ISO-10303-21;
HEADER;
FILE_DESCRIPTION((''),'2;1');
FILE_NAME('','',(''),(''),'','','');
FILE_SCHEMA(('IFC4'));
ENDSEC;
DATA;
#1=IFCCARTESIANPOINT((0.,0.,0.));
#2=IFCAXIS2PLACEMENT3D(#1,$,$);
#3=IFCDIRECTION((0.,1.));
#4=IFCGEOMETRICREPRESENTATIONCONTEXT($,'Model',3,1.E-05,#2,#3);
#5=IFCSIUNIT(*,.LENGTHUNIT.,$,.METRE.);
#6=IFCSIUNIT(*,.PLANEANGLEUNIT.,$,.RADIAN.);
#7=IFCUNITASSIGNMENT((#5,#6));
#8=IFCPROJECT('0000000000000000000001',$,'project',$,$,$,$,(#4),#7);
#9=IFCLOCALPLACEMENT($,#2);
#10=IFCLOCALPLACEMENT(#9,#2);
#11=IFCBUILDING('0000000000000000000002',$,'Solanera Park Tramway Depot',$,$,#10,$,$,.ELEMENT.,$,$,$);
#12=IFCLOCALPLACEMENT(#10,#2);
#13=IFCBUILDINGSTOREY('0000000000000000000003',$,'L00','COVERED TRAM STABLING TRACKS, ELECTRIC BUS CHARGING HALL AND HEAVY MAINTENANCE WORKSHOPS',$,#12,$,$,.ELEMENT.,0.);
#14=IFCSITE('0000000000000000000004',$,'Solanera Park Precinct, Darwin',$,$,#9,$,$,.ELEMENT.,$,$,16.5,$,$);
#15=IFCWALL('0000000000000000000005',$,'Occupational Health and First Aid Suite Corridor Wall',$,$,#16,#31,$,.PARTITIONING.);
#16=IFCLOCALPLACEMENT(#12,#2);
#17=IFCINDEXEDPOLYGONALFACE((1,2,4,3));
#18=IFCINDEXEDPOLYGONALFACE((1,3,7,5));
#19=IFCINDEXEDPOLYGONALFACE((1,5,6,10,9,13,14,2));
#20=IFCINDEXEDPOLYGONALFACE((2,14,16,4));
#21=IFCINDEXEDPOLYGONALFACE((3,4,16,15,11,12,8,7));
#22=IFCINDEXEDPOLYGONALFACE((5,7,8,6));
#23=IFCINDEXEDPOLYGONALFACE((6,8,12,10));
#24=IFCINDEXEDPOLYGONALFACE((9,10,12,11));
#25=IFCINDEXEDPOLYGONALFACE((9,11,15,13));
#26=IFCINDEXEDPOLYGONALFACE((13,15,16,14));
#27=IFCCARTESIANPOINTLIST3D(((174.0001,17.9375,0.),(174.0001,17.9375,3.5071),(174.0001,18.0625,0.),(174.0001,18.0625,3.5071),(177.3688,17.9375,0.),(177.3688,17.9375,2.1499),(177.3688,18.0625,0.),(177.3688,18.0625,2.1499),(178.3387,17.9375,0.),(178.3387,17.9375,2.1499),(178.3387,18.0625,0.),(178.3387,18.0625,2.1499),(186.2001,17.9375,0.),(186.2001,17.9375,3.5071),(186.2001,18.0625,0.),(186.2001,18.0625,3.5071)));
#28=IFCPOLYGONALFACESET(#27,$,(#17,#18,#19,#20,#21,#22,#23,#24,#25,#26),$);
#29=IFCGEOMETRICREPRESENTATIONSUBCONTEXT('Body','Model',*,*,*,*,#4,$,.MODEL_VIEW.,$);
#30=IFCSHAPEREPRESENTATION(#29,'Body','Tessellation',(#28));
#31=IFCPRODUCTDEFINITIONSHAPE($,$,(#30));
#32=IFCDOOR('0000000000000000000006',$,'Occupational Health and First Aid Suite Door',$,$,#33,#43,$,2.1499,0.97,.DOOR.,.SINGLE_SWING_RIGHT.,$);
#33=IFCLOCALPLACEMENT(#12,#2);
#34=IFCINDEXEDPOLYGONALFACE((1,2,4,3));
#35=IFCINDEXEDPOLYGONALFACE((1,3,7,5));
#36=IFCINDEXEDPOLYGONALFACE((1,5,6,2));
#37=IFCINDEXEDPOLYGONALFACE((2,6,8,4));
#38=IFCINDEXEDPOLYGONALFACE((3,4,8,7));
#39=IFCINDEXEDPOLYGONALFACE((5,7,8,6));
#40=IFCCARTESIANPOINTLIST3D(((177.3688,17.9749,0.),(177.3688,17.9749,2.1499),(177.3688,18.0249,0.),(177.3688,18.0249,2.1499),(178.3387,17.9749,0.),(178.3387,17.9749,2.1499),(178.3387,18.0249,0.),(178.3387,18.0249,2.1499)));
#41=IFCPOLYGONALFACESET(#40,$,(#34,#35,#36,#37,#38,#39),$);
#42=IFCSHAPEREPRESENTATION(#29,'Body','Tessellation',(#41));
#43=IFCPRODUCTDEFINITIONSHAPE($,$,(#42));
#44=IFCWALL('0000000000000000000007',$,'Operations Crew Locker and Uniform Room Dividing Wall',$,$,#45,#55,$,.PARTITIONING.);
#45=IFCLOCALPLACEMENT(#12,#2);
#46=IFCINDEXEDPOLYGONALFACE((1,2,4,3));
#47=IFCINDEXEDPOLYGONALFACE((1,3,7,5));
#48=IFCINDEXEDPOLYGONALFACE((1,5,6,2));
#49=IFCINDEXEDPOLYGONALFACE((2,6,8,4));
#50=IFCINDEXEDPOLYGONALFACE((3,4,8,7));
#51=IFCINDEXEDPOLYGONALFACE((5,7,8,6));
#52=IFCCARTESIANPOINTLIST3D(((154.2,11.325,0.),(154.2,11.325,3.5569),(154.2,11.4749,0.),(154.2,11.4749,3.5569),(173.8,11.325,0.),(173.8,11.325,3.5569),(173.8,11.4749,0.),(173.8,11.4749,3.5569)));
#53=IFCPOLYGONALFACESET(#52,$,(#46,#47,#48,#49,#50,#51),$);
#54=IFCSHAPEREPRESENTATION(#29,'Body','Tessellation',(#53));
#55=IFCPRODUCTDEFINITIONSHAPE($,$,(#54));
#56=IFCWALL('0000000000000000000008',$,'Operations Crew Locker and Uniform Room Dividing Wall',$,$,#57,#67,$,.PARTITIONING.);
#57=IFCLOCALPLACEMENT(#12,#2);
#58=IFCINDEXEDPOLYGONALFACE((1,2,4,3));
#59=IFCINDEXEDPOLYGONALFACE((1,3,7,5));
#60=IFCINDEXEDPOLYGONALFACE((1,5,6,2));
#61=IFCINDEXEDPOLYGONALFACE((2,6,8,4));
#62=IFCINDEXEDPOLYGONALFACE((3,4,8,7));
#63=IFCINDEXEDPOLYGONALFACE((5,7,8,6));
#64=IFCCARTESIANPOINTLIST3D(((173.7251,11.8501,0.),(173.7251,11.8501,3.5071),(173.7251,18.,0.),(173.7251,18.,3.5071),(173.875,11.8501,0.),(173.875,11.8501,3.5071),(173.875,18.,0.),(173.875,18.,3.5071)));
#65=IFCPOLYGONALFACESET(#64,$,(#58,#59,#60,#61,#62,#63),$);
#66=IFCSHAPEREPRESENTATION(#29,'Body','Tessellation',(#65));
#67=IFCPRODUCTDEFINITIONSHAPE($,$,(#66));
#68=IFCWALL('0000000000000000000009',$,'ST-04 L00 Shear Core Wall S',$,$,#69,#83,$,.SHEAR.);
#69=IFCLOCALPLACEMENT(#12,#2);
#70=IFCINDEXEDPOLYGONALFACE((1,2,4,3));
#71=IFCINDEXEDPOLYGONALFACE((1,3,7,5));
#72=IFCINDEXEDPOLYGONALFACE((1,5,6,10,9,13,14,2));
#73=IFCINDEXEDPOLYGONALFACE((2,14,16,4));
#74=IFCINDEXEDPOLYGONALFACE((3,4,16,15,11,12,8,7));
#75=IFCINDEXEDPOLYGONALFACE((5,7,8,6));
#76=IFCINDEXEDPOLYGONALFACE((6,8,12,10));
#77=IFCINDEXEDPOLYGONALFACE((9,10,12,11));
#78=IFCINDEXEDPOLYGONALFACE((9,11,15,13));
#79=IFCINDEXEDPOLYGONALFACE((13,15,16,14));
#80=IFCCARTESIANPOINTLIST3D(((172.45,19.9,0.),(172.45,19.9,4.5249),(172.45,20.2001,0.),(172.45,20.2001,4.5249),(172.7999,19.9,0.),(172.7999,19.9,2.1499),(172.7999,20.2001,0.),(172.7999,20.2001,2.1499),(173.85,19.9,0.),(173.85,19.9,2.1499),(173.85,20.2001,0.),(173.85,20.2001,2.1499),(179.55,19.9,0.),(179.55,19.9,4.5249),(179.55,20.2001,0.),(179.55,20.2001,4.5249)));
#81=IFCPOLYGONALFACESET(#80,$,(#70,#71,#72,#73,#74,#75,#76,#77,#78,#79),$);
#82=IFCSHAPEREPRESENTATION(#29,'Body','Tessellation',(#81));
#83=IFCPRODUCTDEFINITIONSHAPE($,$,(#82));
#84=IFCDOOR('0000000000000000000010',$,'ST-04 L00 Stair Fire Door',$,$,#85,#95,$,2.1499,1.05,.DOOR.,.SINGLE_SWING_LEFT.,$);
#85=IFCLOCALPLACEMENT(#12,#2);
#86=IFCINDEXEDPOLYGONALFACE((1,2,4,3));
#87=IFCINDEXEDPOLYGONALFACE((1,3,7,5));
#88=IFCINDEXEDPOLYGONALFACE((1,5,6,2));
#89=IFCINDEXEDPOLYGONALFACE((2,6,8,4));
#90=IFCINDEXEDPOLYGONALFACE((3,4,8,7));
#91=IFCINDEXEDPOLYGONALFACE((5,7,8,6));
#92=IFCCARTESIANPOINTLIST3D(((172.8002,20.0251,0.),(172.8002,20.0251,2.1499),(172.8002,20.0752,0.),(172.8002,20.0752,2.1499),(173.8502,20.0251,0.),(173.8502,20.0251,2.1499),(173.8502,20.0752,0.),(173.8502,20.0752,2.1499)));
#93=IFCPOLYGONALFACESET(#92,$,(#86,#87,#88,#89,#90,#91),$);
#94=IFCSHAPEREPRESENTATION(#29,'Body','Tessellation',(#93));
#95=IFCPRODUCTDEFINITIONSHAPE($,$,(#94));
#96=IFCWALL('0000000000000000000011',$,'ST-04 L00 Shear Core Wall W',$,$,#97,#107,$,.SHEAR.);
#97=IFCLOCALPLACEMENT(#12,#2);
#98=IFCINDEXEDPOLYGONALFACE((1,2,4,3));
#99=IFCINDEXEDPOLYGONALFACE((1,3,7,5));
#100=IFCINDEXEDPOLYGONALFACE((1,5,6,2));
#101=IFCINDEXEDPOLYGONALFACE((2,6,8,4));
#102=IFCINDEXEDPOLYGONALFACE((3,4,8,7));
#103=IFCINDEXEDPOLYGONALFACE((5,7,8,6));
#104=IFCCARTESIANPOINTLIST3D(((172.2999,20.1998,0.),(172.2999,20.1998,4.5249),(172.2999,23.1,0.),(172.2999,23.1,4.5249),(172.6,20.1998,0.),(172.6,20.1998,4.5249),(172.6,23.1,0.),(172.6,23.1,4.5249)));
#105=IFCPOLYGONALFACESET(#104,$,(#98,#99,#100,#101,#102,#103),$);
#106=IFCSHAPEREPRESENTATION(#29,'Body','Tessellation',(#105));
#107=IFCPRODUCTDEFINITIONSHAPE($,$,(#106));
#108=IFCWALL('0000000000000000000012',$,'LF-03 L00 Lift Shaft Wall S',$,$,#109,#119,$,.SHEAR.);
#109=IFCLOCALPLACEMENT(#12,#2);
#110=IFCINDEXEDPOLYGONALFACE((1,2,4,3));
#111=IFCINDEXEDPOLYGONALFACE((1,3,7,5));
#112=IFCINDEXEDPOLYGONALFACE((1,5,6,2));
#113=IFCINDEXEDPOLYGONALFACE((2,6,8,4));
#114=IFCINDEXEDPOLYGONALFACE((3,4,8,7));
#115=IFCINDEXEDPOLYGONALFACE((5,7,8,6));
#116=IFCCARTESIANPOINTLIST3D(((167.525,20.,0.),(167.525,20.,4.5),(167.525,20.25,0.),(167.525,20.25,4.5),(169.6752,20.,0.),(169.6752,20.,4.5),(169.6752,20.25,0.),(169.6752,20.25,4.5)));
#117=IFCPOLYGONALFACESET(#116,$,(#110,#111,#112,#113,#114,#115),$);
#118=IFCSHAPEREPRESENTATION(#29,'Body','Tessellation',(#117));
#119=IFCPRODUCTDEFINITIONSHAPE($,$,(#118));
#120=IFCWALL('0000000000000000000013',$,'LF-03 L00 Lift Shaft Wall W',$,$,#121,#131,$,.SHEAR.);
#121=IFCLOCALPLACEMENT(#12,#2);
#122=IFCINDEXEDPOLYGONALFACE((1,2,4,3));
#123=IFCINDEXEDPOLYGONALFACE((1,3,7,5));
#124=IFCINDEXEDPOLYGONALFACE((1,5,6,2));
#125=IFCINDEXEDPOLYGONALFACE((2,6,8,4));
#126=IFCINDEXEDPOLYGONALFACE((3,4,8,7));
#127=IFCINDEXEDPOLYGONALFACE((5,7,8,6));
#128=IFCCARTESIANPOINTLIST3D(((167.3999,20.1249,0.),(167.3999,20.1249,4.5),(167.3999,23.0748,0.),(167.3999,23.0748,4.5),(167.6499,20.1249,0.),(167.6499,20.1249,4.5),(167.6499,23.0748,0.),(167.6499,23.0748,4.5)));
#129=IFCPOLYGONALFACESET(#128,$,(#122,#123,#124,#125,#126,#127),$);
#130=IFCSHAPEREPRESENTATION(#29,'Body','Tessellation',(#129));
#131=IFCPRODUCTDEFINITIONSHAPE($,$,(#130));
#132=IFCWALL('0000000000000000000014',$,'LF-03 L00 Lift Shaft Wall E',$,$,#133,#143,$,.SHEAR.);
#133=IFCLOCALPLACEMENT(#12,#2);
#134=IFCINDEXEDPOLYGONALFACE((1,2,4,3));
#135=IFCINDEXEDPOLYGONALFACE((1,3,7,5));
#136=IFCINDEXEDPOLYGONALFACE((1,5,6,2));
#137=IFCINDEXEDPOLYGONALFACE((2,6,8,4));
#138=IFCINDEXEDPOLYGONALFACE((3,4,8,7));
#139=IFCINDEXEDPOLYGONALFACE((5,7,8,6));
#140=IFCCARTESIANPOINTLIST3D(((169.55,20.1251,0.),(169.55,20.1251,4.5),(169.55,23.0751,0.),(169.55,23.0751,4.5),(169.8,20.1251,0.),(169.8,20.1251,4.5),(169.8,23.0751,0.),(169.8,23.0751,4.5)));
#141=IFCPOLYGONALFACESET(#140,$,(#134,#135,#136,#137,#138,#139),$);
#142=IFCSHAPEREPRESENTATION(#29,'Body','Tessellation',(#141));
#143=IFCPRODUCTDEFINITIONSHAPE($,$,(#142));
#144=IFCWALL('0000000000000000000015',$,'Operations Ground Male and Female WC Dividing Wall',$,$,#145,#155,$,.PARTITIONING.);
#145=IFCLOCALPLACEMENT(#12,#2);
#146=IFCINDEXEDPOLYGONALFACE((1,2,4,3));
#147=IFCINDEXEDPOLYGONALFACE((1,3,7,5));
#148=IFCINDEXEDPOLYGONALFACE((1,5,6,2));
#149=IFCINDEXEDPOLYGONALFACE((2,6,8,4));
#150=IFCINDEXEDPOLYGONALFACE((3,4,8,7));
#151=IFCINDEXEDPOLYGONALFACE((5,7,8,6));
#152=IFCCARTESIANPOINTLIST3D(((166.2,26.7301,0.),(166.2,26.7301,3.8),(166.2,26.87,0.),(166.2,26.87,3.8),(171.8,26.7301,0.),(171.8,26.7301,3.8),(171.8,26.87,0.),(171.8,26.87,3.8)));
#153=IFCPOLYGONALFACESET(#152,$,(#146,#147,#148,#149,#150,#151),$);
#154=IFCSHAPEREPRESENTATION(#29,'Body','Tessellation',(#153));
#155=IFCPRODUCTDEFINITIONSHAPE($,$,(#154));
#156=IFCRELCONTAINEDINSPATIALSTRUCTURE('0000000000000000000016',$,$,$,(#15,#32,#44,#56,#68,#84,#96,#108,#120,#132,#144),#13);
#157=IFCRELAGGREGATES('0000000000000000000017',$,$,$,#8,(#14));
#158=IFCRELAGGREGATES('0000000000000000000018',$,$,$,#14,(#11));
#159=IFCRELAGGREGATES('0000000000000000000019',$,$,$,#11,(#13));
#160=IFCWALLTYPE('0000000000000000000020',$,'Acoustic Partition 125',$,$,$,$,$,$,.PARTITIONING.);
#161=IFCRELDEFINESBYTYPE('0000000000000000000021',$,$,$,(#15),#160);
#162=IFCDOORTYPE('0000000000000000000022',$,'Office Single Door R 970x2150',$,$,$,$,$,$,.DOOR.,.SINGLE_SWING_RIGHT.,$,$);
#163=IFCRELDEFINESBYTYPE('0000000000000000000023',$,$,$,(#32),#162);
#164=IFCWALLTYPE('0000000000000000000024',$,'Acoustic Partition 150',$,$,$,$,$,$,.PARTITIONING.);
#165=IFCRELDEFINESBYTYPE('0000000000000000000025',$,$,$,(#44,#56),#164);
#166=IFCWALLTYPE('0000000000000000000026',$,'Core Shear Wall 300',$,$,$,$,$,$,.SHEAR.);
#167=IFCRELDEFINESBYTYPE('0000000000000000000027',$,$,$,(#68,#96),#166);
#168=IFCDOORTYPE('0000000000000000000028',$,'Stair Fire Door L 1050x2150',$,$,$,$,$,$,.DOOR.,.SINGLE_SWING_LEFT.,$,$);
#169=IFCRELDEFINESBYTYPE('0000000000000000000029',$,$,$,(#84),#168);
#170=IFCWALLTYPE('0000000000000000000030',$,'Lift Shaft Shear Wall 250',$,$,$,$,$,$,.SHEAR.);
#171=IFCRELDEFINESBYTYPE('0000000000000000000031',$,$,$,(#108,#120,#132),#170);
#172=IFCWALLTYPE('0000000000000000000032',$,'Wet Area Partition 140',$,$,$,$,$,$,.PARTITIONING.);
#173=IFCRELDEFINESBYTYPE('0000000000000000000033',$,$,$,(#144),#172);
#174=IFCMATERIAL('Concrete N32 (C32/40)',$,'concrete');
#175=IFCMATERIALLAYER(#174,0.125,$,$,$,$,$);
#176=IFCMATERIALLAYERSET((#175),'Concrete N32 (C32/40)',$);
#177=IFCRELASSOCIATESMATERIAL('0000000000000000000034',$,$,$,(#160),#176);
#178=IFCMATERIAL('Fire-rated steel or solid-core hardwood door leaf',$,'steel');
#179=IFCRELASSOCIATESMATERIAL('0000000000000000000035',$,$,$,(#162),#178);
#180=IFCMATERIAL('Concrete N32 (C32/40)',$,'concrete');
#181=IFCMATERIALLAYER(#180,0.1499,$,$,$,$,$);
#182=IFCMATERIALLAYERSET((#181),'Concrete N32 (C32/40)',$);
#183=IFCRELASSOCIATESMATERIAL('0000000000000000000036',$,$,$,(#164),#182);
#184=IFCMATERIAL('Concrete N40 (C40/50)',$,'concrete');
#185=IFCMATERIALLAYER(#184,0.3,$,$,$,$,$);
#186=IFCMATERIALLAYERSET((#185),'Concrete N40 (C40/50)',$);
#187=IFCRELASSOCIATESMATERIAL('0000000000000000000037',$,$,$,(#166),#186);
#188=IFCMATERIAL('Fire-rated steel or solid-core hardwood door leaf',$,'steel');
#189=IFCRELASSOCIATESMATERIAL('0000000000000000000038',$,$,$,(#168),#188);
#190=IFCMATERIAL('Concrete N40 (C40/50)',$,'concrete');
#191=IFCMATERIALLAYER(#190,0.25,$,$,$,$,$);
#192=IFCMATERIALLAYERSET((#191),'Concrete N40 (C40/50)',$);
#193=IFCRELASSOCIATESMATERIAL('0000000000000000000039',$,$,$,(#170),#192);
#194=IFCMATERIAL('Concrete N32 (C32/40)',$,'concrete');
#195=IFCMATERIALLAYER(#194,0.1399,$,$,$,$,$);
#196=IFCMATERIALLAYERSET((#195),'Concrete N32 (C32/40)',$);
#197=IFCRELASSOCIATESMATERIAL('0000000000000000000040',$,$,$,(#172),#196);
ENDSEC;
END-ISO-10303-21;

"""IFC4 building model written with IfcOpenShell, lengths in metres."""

from ifc_helpers import new_model, si_unit, direction, frame, frame_2d, origin, place, context, subcontext, project, spatial, rectangle, extrude, material, layer, layer_set, type_object, element, fill, save


model = new_model("IFC4")

# Units and contexts
model_context = context("Model", 3, precision=1e-05, world=origin(), true_north=direction((0.0, 1.0)))
body_context = subcontext(model_context, "Body", "Model", "MODEL_VIEW")
ifc_project = project(units=[si_unit("LENGTHUNIT", "METRE"), si_unit("PLANEANGLEUNIT", "RADIAN")], contexts=[model_context])

# Site, building, storey
site_placement = place(None, origin())
site = spatial("IfcSite", under=ifc_project, at=site_placement, Name="Solanera Park Precinct, Darwin", CompositionType="ELEMENT", RefElevation=16.5)
building_placement = place(site_placement, origin())
building = spatial("IfcBuilding", under=site, at=building_placement, Name="Solanera Park Tramway Depot", CompositionType="ELEMENT")
storey_placement = place(building_placement, origin())
storey = spatial("IfcBuildingStorey", under=building, at=storey_placement, Name="L00", Description="COVERED TRAM STABLING TRACKS, ELECTRIC BUS CHARGING HALL AND HEAVY MAINTENANCE WORKSHOPS", CompositionType="ELEMENT", Elevation=0.0)

# Wall, opening, door
ifc_material_1 = material(Name="Concrete N32 (C32/40)", Category="concrete")
ifc_layer_1 = layer(ifc_material_1, 0.125)
ifc_layer_set_1 = layer_set([ifc_layer_1], Name="Concrete N32 (C32/40)")
wall_type_1 = type_object("IfcWallType", Name="Acoustic Partition 125", PredefinedType="PARTITIONING", material=ifc_layer_set_1)
wall_1_placement = place(storey_placement, frame((174.0, 18.0, 0.0), z_axis=(0.0, 0.0, 1.0), x_axis=(1.0, 0.0, 0.0)))
wall_1 = element("IfcWall", 1, at=wall_1_placement, inside=storey, type_object=wall_type_1, Name="Occupational Health and First Aid Suite Corridor Wall", PredefinedType="PARTITIONING", context=body_context, shape_type="SweptSolid", body=[
    extrude(rectangle(XDim=12.2, YDim=0.125, at=frame_2d((6.1001, 0.0))), origin(), (0.0, 0.0, 1.0), 3.5071),
])
opening_1_placement = place(wall_1_placement, frame((3.3689, 0.0, 0.0)))
opening_1 = element("IfcOpeningElement", 2, at=opening_1_placement, cuts=wall_1, PredefinedType="OPENING", context=body_context, shape_type="SweptSolid", body=[
    extrude(rectangle(XDim=0.97, YDim=2.1499, at=frame_2d((0.4849, 1.075))), frame((0.0, 0.0725, 0.0), z_axis=(0.0, -1.0, 0.0), x_axis=(1.0, 0.0, 0.0)), (0.0, 0.0, 1.0), 0.145),
])
ifc_material_2 = material(Name="Fire-rated steel or solid-core hardwood door leaf", Category="steel")
door_type_1 = type_object("IfcDoorType", Name="Office Single Door R 970x2150", OperationType="SINGLE_SWING_RIGHT", PredefinedType="DOOR", material=ifc_material_2)
door_1_placement = place(opening_1_placement, origin())
door_1 = element("IfcDoor", 3, at=door_1_placement, inside=storey, type_object=door_type_1, Name="Occupational Health and First Aid Suite Door", OperationType="SINGLE_SWING_RIGHT", OverallHeight=2.1499, OverallWidth=0.97, PredefinedType="DOOR", context=body_context, shape_type="SweptSolid", body=[
    extrude(rectangle(XDim=0.97, YDim=2.1499, at=frame_2d((0.4849, 1.075))), frame((0.0, 0.0249, 0.0), z_axis=(0.0, -1.0, 0.0), x_axis=(1.0, 0.0, 0.0)), (0.0, 0.0, 1.0), 0.05),
])
fill(opening_1, door_1)

# Walls
ifc_material_3 = material(Name="Concrete N32 (C32/40)", Category="concrete")
ifc_layer_2 = layer(ifc_material_3, 0.1499)
ifc_layer_set_2 = layer_set([ifc_layer_2], Name="Concrete N32 (C32/40)")
wall_type_2 = type_object("IfcWallType", Name="Acoustic Partition 150", PredefinedType="PARTITIONING", material=ifc_layer_set_2)
wall_2_placement = place(storey_placement, frame((173.8, 11.3999, 0.0), z_axis=(0.0, 0.0, 1.0), x_axis=(-1.0, 0.0, 0.0)))
element("IfcWall", 4, at=wall_2_placement, inside=storey, type_object=wall_type_2, Name="Operations Crew Locker and Uniform Room Dividing Wall", PredefinedType="PARTITIONING", context=body_context, shape_type="SweptSolid", body=[
    extrude(rectangle(XDim=19.6001, YDim=0.1499, at=frame_2d((9.8, 0.0))), origin(), (0.0, 0.0, 1.0), 3.5569),
])
wall_3_placement = place(storey_placement, frame((173.8, 11.8501, 0.0), z_axis=(0.0, 0.0, 1.0), x_axis=(0.0, 1.0, 0.0)))
element("IfcWall", 5, at=wall_3_placement, inside=storey, type_object=wall_type_2, Name="Operations Crew Locker and Uniform Room Dividing Wall", PredefinedType="PARTITIONING", context=body_context, shape_type="SweptSolid", body=[
    extrude(rectangle(XDim=6.1499, YDim=0.1499, at=frame_2d((3.075, 0.0))), origin(), (0.0, 0.0, 1.0), 3.5071),
])

# Wall, opening, door
ifc_material_4 = material(Name="Concrete N40 (C40/50)", Category="concrete")
ifc_layer_3 = layer(ifc_material_4, 0.3)
ifc_layer_set_3 = layer_set([ifc_layer_3], Name="Concrete N40 (C40/50)")
wall_type_3 = type_object("IfcWallType", Name="Core Shear Wall 300", PredefinedType="SHEAR", material=ifc_layer_set_3)
wall_4_placement = place(storey_placement, frame((172.45, 20.05, 0.0), z_axis=(0.0, 0.0, 1.0), x_axis=(1.0, 0.0, 0.0)))
wall_4 = element("IfcWall", 6, at=wall_4_placement, inside=storey, type_object=wall_type_3, Name="ST-04 L00 Shear Core Wall S", PredefinedType="SHEAR", context=body_context, shape_type="SweptSolid", body=[
    extrude(rectangle(XDim=7.1001, YDim=0.3, at=frame_2d((3.55, 0.0))), origin(), (0.0, 0.0, 1.0), 4.5249),
])
opening_2_placement = place(wall_4_placement, frame((0.3501, 0.0, 0.0)))
opening_2 = element("IfcOpeningElement", 7, at=opening_2_placement, cuts=wall_4, PredefinedType="OPENING", context=body_context, shape_type="SweptSolid", body=[
    extrude(rectangle(XDim=1.05, YDim=2.1499, at=frame_2d((0.5249, 1.075))), frame((0.0, 0.1602, 0.0), z_axis=(0.0, -1.0, 0.0), x_axis=(1.0, 0.0, 0.0)), (0.0, 0.0, 1.0), 0.3201),
])
ifc_material_5 = material(Name="Fire-rated steel or solid-core hardwood door leaf", Category="steel")
door_type_2 = type_object("IfcDoorType", Name="Stair Fire Door L 1050x2150", OperationType="SINGLE_SWING_LEFT", PredefinedType="DOOR", material=ifc_material_5)
door_2_placement = place(opening_2_placement, frame((1.05, 0.0, 0.0), z_axis=(0.0, 0.0, 1.0), x_axis=(-1.0, 0.0, 0.0)))
door_2 = element("IfcDoor", 8, at=door_2_placement, inside=storey, type_object=door_type_2, Name="ST-04 L00 Stair Fire Door", OperationType="SINGLE_SWING_LEFT", OverallHeight=2.1499, OverallWidth=1.05, PredefinedType="DOOR", context=body_context, shape_type="SweptSolid", body=[
    extrude(rectangle(XDim=1.05, YDim=2.1499, at=frame_2d((0.5249, 1.075))), frame((0.0, 0.0249, 0.0), z_axis=(0.0, -1.0, 0.0), x_axis=(1.0, 0.0, 0.0)), (0.0, 0.0, 1.0), 0.05),
])
fill(opening_2, door_2)

# Walls
wall_5_placement = place(storey_placement, frame((172.45, 23.1001, 0.0), z_axis=(0.0, 0.0, 1.0), x_axis=(0.0, -1.0, 0.0)))
element("IfcWall", 9, at=wall_5_placement, inside=storey, type_object=wall_type_3, Name="ST-04 L00 Shear Core Wall W", PredefinedType="SHEAR", context=body_context, shape_type="SweptSolid", body=[
    extrude(rectangle(XDim=2.9001, YDim=0.3, at=frame_2d((1.4502, 0.0))), origin(), (0.0, 0.0, 1.0), 4.5249),
])
ifc_material_6 = material(Name="Concrete N40 (C40/50)", Category="concrete")
ifc_layer_4 = layer(ifc_material_6, 0.25)
ifc_layer_set_4 = layer_set([ifc_layer_4], Name="Concrete N40 (C40/50)")
wall_type_4 = type_object("IfcWallType", Name="Lift Shaft Shear Wall 250", PredefinedType="SHEAR", material=ifc_layer_set_4)
wall_6_placement = place(storey_placement, frame((167.5249, 20.125, 0.0), z_axis=(0.0, 0.0, 1.0), x_axis=(1.0, 0.0, 0.0)))
element("IfcWall", 10, at=wall_6_placement, inside=storey, type_object=wall_type_4, Name="LF-03 L00 Lift Shaft Wall S", PredefinedType="SHEAR", context=body_context, shape_type="SweptSolid", body=[
    extrude(rectangle(XDim=2.1501, YDim=0.25, at=frame_2d((1.0752, 0.0))), origin(), (0.0, 0.0, 1.0), 4.5),
])

# Walls
for number, where, z_axis, x_axis, name in (
    (11, (167.5249, 23.075, 0.0), (0.0, 0.0, 1.0), (0.0, -1.0, 0.0), "LF-03 L00 Lift Shaft Wall W"),
    (12, (169.675, 20.125, 0.0), (0.0, 0.0, 1.0), (0.0, 1.0, 0.0), "LF-03 L00 Lift Shaft Wall E"),
):
    element("IfcWall", number, at=place(storey_placement, frame(where, z_axis=z_axis, x_axis=x_axis)), inside=storey, type_object=wall_type_4, Name=name, PredefinedType="SHEAR", context=body_context, shape_type="SweptSolid", body=[
        extrude(rectangle(XDim=2.95, YDim=0.25, at=frame_2d((1.4751, 0.0))), origin(), (0.0, 0.0, 1.0), 4.5),
    ])
ifc_material_7 = material(Name="Concrete N32 (C32/40)", Category="concrete")
ifc_layer_5 = layer(ifc_material_7, 0.1399)
ifc_layer_set_5 = layer_set([ifc_layer_5], Name="Concrete N32 (C32/40)")
wall_type_5 = type_object("IfcWallType", Name="Wet Area Partition 140", PredefinedType="PARTITIONING", material=ifc_layer_set_5)
wall_7_placement = place(storey_placement, frame((171.8, 26.8, 0.0), z_axis=(0.0, 0.0, 1.0), x_axis=(-1.0, 0.0, 0.0)))
element("IfcWall", 13, at=wall_7_placement, inside=storey, type_object=wall_type_5, Name="Operations Ground Male and Female WC Dividing Wall", PredefinedType="PARTITIONING", context=body_context, shape_type="SweptSolid", body=[
    extrude(rectangle(XDim=5.6001, YDim=0.1399, at=frame_2d((2.8, 0.0))), origin(), (0.0, 0.0, 1.0), 3.8),
])

save(model, "model.ifc")
